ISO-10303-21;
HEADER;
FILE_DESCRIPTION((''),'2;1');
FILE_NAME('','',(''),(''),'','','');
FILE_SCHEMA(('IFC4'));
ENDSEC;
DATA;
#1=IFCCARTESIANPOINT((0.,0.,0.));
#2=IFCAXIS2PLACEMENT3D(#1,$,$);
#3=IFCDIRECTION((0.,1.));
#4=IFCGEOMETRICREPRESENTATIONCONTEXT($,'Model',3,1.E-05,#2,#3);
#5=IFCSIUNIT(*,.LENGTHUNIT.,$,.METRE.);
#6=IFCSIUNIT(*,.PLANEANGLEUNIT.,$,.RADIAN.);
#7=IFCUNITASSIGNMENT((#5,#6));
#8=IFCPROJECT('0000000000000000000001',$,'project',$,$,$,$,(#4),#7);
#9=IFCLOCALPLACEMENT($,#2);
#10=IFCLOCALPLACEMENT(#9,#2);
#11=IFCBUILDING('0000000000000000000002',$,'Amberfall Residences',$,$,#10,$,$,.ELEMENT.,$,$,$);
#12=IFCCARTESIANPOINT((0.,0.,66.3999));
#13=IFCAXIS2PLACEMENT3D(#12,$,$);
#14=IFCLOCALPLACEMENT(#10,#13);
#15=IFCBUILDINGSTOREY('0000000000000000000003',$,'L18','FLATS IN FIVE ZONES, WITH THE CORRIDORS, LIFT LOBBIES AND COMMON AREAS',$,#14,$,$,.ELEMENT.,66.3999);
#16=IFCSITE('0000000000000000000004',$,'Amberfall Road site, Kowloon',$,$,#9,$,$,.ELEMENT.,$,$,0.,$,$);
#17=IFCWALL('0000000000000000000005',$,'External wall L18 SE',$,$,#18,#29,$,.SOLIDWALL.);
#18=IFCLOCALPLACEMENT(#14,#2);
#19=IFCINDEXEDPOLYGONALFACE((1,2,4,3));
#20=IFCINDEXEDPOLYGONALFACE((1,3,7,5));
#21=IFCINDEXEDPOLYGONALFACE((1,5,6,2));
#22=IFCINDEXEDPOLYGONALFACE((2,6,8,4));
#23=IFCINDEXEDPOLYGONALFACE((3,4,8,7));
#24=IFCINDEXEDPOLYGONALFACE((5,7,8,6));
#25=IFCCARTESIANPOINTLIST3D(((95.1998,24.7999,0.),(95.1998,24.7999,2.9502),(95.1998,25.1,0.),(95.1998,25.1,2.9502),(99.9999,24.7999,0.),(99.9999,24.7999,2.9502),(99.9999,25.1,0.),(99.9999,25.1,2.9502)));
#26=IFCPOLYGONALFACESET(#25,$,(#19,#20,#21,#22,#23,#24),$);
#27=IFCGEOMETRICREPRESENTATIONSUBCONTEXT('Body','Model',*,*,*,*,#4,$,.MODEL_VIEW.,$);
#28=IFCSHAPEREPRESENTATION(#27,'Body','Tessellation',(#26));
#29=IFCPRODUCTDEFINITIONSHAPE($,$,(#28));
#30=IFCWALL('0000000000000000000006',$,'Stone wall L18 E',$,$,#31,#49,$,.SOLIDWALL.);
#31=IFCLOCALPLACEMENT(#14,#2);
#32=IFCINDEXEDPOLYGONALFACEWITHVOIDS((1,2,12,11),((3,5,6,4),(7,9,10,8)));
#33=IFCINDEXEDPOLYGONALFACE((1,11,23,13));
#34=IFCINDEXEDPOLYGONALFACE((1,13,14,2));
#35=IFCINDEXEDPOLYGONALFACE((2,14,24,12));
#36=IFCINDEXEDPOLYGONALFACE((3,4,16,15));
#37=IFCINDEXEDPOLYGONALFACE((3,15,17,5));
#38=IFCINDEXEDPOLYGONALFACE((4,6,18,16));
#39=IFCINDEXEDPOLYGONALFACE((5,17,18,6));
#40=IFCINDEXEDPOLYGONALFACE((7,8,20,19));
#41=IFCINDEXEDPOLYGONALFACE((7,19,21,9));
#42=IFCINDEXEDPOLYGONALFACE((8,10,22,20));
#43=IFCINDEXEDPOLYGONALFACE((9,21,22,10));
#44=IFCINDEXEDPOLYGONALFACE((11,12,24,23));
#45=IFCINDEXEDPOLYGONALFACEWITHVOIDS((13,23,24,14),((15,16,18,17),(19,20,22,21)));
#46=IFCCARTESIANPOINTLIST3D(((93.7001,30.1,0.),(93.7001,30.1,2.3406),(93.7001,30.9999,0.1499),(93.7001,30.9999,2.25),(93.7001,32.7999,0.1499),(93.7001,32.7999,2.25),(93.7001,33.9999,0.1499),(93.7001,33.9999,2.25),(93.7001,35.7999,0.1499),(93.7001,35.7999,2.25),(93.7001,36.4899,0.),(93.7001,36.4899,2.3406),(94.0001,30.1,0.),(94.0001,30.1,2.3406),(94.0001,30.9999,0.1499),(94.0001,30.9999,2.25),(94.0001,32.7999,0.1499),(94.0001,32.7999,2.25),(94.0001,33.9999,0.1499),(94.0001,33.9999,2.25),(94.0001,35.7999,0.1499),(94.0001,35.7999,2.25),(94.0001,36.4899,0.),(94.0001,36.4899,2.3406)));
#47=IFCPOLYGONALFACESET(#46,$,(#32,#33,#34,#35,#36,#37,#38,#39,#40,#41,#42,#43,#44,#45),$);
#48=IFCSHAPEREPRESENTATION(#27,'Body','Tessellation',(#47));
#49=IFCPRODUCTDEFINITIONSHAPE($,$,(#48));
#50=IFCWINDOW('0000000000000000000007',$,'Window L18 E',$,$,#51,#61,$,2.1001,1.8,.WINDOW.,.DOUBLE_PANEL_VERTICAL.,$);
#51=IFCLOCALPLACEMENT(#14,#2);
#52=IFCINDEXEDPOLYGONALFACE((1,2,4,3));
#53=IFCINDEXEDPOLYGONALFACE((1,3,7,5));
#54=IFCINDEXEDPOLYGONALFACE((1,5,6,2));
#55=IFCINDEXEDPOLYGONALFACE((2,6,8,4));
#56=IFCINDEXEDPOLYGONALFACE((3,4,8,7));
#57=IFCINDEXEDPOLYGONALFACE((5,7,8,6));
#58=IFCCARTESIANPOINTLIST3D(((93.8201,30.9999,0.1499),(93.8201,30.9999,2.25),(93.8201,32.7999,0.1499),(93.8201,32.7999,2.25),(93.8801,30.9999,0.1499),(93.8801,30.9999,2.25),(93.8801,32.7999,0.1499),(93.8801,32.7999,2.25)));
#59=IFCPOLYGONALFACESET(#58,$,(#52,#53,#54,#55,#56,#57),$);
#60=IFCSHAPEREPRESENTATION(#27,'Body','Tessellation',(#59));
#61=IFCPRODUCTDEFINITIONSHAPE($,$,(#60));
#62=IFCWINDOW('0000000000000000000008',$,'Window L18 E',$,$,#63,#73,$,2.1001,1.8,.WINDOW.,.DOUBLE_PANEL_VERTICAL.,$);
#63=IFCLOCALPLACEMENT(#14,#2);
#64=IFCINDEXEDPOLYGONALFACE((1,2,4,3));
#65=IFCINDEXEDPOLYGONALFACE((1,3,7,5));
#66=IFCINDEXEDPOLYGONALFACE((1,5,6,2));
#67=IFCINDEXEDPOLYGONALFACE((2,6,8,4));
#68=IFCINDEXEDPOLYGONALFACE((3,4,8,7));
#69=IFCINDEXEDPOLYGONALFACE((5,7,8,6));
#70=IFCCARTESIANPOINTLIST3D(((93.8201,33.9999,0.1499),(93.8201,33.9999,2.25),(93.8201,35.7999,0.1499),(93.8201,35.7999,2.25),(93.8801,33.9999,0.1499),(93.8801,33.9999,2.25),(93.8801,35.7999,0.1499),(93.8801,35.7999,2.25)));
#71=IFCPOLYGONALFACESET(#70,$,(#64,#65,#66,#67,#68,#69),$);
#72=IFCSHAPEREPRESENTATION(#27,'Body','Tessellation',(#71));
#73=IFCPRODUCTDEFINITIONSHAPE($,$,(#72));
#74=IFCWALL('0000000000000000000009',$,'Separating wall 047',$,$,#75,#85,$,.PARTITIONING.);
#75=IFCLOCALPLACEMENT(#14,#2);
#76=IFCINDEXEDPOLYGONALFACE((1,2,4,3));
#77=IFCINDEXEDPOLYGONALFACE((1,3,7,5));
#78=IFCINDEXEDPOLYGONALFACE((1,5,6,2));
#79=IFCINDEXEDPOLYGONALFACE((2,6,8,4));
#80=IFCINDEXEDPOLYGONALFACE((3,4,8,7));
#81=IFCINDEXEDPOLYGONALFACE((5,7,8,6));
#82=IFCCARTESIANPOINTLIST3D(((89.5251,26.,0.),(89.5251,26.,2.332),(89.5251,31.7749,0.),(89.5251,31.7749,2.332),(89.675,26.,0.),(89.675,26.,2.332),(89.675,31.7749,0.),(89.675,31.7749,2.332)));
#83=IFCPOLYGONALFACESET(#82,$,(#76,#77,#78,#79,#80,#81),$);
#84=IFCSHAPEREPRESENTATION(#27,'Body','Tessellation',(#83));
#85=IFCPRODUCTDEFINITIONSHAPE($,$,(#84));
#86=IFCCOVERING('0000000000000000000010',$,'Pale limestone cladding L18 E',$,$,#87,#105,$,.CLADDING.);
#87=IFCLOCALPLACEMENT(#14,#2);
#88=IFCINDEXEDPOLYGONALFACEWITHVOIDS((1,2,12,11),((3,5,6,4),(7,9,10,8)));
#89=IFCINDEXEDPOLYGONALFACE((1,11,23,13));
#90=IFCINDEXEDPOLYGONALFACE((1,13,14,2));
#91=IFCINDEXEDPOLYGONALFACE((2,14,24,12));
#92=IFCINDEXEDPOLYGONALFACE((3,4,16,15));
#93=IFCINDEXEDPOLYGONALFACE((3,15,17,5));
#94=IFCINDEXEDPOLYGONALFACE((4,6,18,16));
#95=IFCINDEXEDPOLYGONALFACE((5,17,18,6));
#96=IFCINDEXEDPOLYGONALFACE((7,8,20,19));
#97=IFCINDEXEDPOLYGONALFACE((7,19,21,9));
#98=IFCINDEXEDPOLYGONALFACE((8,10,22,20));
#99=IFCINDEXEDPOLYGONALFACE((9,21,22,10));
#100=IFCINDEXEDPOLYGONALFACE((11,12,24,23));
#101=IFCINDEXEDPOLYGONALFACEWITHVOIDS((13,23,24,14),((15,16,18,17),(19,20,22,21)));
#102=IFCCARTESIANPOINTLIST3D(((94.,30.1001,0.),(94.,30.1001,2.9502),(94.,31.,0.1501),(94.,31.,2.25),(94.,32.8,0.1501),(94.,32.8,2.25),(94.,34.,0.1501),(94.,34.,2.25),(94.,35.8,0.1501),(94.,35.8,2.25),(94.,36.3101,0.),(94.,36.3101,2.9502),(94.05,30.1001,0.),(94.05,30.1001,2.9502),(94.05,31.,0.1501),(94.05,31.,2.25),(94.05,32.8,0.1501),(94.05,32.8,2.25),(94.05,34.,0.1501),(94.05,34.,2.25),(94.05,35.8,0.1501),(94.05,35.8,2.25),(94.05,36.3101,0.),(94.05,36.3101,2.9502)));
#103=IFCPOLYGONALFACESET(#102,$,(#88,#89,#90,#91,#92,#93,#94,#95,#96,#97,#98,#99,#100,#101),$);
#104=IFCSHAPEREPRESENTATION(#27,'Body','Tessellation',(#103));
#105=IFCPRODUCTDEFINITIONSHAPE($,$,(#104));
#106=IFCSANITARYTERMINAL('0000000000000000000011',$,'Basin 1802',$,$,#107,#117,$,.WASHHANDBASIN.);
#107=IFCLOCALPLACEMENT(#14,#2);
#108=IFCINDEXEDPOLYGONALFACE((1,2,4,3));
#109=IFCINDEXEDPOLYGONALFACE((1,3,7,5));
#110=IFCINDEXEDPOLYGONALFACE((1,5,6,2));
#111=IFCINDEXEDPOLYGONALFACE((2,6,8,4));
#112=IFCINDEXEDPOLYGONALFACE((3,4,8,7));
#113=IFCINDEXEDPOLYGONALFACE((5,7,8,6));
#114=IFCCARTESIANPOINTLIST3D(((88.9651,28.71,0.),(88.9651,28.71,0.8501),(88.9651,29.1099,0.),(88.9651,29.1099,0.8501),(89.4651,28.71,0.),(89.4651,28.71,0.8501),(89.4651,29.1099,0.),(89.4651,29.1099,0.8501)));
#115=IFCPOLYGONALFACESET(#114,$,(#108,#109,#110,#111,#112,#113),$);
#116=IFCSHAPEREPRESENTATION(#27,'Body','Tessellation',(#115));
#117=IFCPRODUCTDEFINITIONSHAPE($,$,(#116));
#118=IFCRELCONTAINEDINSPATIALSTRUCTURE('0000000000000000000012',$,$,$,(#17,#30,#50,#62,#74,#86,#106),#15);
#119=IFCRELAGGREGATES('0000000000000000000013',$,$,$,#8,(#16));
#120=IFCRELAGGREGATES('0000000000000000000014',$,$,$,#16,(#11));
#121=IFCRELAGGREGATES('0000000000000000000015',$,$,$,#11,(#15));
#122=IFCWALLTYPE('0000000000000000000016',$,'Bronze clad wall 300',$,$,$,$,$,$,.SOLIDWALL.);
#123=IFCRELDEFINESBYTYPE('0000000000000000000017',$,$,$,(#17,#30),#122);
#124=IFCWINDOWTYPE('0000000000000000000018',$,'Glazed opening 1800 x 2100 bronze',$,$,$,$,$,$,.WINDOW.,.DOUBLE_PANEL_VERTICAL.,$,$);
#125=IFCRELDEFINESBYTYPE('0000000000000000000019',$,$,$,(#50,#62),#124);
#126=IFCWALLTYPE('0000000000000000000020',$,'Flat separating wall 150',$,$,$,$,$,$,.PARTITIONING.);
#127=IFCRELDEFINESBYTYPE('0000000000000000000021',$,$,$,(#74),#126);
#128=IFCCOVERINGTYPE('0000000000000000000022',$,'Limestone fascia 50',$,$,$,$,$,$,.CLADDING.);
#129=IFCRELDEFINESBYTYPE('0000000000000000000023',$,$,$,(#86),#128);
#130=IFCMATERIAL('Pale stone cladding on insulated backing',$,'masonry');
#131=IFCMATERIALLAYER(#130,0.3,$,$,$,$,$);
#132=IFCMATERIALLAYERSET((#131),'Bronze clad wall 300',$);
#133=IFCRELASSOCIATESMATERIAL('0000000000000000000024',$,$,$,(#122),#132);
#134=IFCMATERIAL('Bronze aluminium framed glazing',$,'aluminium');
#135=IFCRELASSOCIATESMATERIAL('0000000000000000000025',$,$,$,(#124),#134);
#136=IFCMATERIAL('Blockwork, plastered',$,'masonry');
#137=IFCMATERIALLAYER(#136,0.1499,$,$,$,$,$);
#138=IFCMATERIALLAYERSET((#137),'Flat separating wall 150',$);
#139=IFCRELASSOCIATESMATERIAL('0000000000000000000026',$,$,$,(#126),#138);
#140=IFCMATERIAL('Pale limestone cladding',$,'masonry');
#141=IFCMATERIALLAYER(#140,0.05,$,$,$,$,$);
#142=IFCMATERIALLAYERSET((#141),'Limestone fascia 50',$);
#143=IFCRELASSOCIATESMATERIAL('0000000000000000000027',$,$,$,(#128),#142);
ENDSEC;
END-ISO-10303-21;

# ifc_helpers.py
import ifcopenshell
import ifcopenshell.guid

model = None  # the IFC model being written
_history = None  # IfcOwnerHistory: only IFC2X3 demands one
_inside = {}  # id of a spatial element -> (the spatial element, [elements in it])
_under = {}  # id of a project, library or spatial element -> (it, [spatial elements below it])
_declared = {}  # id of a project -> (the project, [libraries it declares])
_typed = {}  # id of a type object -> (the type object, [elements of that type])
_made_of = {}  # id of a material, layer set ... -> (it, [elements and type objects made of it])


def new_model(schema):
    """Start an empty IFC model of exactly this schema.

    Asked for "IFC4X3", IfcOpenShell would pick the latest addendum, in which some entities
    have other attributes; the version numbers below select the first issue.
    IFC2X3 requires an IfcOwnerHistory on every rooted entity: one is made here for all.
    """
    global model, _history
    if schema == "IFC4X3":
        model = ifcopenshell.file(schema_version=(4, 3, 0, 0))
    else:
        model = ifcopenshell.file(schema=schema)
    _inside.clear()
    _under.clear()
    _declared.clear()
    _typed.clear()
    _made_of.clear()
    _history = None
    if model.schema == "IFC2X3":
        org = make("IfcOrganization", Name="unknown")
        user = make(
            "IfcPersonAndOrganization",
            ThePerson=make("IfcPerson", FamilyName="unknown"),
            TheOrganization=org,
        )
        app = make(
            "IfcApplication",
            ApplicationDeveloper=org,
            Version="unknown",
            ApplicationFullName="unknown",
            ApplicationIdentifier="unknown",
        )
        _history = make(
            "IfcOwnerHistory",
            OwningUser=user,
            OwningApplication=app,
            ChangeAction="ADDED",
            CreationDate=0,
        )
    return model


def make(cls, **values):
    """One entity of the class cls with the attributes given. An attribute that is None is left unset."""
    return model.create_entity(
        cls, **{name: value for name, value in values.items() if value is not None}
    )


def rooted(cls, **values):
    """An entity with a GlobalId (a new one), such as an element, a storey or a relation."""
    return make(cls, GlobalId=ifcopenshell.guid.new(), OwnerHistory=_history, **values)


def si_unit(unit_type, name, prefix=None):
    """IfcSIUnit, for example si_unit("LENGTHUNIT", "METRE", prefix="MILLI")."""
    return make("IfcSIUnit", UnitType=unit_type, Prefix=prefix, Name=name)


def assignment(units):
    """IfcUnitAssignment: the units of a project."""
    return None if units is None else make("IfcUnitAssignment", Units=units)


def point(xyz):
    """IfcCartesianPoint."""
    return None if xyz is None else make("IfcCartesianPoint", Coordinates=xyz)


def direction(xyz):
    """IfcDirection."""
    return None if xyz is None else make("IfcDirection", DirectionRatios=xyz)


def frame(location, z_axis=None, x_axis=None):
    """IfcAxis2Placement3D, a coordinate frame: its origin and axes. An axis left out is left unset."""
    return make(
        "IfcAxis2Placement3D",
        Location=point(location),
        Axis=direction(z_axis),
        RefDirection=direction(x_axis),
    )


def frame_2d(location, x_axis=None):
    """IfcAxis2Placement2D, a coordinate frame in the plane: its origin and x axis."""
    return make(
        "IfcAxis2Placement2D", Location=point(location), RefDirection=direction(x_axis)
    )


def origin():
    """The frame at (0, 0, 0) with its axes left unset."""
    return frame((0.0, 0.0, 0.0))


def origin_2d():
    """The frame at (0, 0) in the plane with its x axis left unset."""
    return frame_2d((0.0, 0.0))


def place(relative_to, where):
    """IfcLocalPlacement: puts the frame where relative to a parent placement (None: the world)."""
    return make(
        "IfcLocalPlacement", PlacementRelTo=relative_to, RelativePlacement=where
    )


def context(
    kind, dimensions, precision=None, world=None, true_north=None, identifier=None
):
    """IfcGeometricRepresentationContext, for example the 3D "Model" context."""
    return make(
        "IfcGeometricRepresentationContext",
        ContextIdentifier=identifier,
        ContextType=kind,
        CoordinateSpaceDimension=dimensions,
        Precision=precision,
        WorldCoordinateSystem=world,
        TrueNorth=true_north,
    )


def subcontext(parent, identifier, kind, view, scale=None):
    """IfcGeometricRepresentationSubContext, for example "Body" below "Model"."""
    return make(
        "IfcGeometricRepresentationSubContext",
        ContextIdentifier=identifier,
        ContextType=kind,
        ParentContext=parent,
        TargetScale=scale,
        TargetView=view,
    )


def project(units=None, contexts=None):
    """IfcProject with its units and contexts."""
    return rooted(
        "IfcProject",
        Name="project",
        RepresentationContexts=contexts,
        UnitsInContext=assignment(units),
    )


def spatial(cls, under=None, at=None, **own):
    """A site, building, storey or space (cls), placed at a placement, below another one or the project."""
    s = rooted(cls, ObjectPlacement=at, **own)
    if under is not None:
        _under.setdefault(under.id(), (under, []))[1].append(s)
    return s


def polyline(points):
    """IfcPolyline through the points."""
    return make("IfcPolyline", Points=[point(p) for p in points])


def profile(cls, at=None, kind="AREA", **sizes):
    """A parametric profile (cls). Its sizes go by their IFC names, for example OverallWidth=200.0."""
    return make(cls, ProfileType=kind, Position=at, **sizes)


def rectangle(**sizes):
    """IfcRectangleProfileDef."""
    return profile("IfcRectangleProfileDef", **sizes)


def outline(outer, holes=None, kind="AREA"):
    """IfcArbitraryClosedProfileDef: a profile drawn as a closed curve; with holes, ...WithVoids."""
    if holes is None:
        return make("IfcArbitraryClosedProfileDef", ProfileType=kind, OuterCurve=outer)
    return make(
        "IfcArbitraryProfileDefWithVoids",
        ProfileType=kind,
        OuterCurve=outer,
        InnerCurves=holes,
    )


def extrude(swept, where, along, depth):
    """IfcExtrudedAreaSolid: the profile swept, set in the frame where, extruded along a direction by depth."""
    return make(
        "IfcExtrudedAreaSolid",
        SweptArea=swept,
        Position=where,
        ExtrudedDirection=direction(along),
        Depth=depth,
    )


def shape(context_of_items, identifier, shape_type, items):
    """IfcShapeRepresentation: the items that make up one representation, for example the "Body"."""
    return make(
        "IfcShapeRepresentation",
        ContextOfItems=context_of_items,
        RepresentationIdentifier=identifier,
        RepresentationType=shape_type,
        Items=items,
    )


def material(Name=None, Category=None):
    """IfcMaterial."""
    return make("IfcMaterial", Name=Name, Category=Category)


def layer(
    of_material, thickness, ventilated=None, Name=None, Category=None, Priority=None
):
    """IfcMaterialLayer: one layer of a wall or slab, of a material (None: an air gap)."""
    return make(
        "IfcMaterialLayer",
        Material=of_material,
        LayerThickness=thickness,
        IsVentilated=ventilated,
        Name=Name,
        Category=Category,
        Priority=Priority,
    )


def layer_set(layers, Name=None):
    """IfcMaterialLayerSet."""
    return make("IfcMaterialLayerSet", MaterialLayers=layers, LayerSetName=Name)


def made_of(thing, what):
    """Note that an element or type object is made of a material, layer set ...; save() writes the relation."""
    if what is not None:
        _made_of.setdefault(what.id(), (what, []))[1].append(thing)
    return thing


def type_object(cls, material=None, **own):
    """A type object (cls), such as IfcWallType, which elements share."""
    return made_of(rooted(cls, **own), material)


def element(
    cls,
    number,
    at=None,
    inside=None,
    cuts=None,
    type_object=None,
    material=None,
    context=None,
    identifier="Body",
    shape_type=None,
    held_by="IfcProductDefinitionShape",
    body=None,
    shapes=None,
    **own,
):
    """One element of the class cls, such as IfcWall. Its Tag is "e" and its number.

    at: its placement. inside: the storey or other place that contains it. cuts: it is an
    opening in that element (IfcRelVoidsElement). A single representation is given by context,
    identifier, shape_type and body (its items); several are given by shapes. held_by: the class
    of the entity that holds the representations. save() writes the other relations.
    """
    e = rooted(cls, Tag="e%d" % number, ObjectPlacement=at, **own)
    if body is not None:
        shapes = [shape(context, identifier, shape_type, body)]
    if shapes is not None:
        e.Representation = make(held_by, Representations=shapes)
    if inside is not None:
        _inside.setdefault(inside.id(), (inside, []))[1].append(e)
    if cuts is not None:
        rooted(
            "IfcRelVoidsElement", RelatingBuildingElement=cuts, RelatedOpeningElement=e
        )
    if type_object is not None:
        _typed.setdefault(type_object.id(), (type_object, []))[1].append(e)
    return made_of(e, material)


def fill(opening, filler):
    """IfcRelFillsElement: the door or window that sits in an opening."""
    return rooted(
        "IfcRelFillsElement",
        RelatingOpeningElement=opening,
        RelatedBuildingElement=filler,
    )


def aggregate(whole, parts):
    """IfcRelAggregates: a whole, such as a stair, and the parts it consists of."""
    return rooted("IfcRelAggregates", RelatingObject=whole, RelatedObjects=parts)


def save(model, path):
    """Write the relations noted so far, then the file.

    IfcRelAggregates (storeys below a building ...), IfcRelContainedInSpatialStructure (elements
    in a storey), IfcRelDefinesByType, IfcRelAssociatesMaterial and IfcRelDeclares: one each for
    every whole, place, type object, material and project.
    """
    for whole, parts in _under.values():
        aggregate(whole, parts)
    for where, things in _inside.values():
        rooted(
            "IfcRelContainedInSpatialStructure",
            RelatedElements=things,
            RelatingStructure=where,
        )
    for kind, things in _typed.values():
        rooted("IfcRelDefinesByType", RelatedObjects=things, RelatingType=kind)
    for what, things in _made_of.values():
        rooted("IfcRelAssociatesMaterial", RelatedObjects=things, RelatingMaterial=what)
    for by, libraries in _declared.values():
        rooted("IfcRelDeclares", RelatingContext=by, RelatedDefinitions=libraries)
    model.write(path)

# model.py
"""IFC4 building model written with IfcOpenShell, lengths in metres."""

from ifc_helpers import new_model, si_unit, direction, frame, frame_2d, origin, origin_2d, place, context, subcontext, project, spatial, polyline, rectangle, outline, extrude, material, layer, layer_set, type_object, element, fill, save


model = new_model("IFC4")

# Units and contexts
model_context = context("Model", 3, precision=1e-05, world=origin(), true_north=direction((0.0, 1.0)))
body_context = subcontext(model_context, "Body", "Model", "MODEL_VIEW")
ifc_project = project(units=[si_unit("LENGTHUNIT", "METRE"), si_unit("PLANEANGLEUNIT", "RADIAN")], contexts=[model_context])

# Site, building, storey
site_placement = place(None, origin())
site = spatial("IfcSite", under=ifc_project, at=site_placement, Name="Amberfall Road site, Kowloon", CompositionType="ELEMENT", RefElevation=0.0)
building_placement = place(site_placement, origin())
building = spatial("IfcBuilding", under=site, at=building_placement, Name="Amberfall Residences", CompositionType="ELEMENT")
storey_placement = place(building_placement, frame((0.0, 0.0, 66.3999)))
storey = spatial("IfcBuildingStorey", under=building, at=storey_placement, Name="L18", Description="FLATS IN FIVE ZONES, WITH THE CORRIDORS, LIFT LOBBIES AND COMMON AREAS", CompositionType="ELEMENT", Elevation=66.3999)

# Shared definitions
ifc_material_1 = material(Name="Pale stone cladding on insulated backing", Category="masonry")
ifc_layer_1 = layer(ifc_material_1, 0.3)
ifc_layer_set_1 = layer_set([ifc_layer_1], Name="Bronze clad wall 300")
wall_type_1 = type_object("IfcWallType", Name="Bronze clad wall 300", PredefinedType="SOLIDWALL", material=ifc_layer_set_1)
ifc_material_2 = material(Name="Bronze aluminium framed glazing", Category="aluminium")

# Wall
wall_1_placement = place(storey_placement, frame((95.2, 24.95, 0.0), z_axis=(0.0, 0.0, 1.0), x_axis=(1.0, 0.0, 0.0)))
element("IfcWall", 1, at=wall_1_placement, inside=storey, type_object=wall_type_1, Name="External wall L18 SE", PredefinedType="SOLIDWALL", context=body_context, shape_type="SweptSolid", body=[
    extrude(rectangle(XDim=4.8, YDim=0.3, at=frame_2d((2.3999, 0.0))), origin(), (0.0, 0.0, 1.0), 2.9502),
])

# Wall, openings, windows
wall_2_placement = place(storey_placement, frame((93.8501, 30.1001, 0.0), z_axis=(0.0, 0.0, 1.0), x_axis=(0.0, 1.0, 0.0)))
wall_2 = element("IfcWall", 2, at=wall_2_placement, inside=storey, type_object=wall_type_1, Name="Stone wall L18 E", PredefinedType="SOLIDWALL", context=body_context, shape_type="SweptSolid", body=[
    extrude(rectangle(XDim=6.3899, YDim=0.3, at=frame_2d((3.1948, 0.0))), origin(), (0.0, 0.0, 1.0), 2.3406),
])
opening_1_placement = place(wall_2_placement, frame((0.8999, 0.0, 0.1499)))
opening_1 = element("IfcOpeningElement", 3, at=opening_1_placement, cuts=wall_2, PredefinedType="OPENING", context=body_context, shape_type="SweptSolid", body=[
    extrude(rectangle(XDim=1.8, YDim=2.1001, at=frame_2d((0.8999, 1.05))), frame((0.0, 0.1599, 0.0), z_axis=(0.0, -1.0, 0.0), x_axis=(1.0, 0.0, 0.0)), (0.0, 0.0, 1.0), 0.3201),
])
opening_2_placement = place(wall_2_placement, frame((3.8999, 0.0, 0.1499)))
opening_2 = element("IfcOpeningElement", 4, at=opening_2_placement, cuts=wall_2, PredefinedType="OPENING", context=body_context, shape_type="SweptSolid", body=[
    extrude(rectangle(XDim=1.8, YDim=2.1001, at=frame_2d((0.8999, 1.05))), frame((0.0, 0.1599, 0.0), z_axis=(0.0, -1.0, 0.0), x_axis=(1.0, 0.0, 0.0)), (0.0, 0.0, 1.0), 0.3201),
])
window_type_1 = type_object("IfcWindowType", Name="Glazed opening 1800 x 2100 bronze", PartitioningType="DOUBLE_PANEL_VERTICAL", PredefinedType="WINDOW", material=ifc_material_2)
window_1_placement = place(opening_1_placement, origin())
window_1 = element("IfcWindow", 5, at=window_1_placement, inside=storey, type_object=window_type_1, Name="Window L18 E", OverallHeight=2.1001, OverallWidth=1.8, PartitioningType="DOUBLE_PANEL_VERTICAL", PredefinedType="WINDOW", context=body_context, shape_type="SweptSolid", body=[
    extrude(rectangle(XDim=1.8, YDim=2.1001, at=frame_2d((0.8999, 1.05))), frame((0.0, 0.03, 0.0), z_axis=(0.0, -1.0, 0.0), x_axis=(1.0, 0.0, 0.0)), (0.0, 0.0, 1.0), 0.0601),
])
fill(opening_1, window_1)
window_2_placement = place(opening_2_placement, origin())
window_2 = element("IfcWindow", 6, at=window_2_placement, inside=storey, type_object=window_type_1, Name="Window L18 E", OverallHeight=2.1001, OverallWidth=1.8, PartitioningType="DOUBLE_PANEL_VERTICAL", PredefinedType="WINDOW", context=body_context, shape_type="SweptSolid", body=[
    extrude(rectangle(XDim=1.8, YDim=2.1001, at=frame_2d((0.8999, 1.05))), frame((0.0, 0.03, 0.0), z_axis=(0.0, -1.0, 0.0), x_axis=(1.0, 0.0, 0.0)), (0.0, 0.0, 1.0), 0.0601),
])
fill(opening_2, window_2)

# Wall
ifc_material_3 = material(Name="Blockwork, plastered", Category="masonry")
ifc_layer_2 = layer(ifc_material_3, 0.1499)
ifc_layer_set_2 = layer_set([ifc_layer_2], Name="Flat separating wall 150")
wall_type_2 = type_object("IfcWallType", Name="Flat separating wall 150", PredefinedType="PARTITIONING", material=ifc_layer_set_2)
wall_3_placement = place(storey_placement, frame((89.6001, 26.0, 0.0), z_axis=(0.0, 0.0, 1.0), x_axis=(0.0, 1.0, 0.0)))
element("IfcWall", 7, at=wall_3_placement, inside=storey, type_object=wall_type_2, Name="Separating wall 047", PredefinedType="PARTITIONING", context=body_context, shape_type="SweptSolid", body=[
    extrude(rectangle(XDim=5.7749, YDim=0.1499, at=frame_2d((2.8875, 0.0))), origin(), (0.0, 0.0, 1.0), 2.332),
])

# Covering
ifc_material_4 = material(Name="Pale limestone cladding", Category="masonry")
ifc_layer_3 = layer(ifc_material_4, 0.05)
ifc_layer_set_3 = layer_set([ifc_layer_3], Name="Limestone fascia 50")
covering_type = type_object("IfcCoveringType", Name="Limestone fascia 50", PredefinedType="CLADDING", material=ifc_layer_set_3)
covering_placement = place(storey_placement, frame((94.0, 30.1001, 2.9502), z_axis=(-1.0, 0.0, 0.0), x_axis=(0.0, 1.0, 0.0)))
element("IfcCovering", 8, at=covering_placement, inside=storey, type_object=covering_type, Name="Pale limestone cladding L18 E", PredefinedType="CLADDING", context=body_context, shape_type="SweptSolid", body=[
    extrude(outline(polyline([(0.0, 0.0), (6.21, 0.0), (6.21, 2.9502), (0.0, 2.9502), (0.0, 0.0)]), holes=[polyline([(0.8999, 0.7002), (2.7, 0.7002), (2.7, 2.8), (0.8999, 2.8), (0.8999, 0.7002)]), polyline([(3.8999, 0.7002), (5.7, 0.7002), (5.7, 2.8), (3.8999, 2.8), (3.8999, 0.7002)])]), origin(), (0.0, 0.0, -1.0), 0.05),
])

# Sanitary terminal
sanitary_terminal_placement = place(storey_placement, frame((89.2151, 28.9099, 0.0), z_axis=(0.0, 0.0, 1.0), x_axis=(1.0, 0.0, 0.0)))
element("IfcSanitaryTerminal", 9, at=sanitary_terminal_placement, inside=storey, Name="Basin 1802", PredefinedType="WASHHANDBASIN", context=body_context, shape_type="SweptSolid", body=[
    extrude(rectangle(XDim=0.5, YDim=0.3999, at=origin_2d()), origin(), (0.0, 0.0, 1.0), 0.8501),
])

save(model, "model.ifc")
